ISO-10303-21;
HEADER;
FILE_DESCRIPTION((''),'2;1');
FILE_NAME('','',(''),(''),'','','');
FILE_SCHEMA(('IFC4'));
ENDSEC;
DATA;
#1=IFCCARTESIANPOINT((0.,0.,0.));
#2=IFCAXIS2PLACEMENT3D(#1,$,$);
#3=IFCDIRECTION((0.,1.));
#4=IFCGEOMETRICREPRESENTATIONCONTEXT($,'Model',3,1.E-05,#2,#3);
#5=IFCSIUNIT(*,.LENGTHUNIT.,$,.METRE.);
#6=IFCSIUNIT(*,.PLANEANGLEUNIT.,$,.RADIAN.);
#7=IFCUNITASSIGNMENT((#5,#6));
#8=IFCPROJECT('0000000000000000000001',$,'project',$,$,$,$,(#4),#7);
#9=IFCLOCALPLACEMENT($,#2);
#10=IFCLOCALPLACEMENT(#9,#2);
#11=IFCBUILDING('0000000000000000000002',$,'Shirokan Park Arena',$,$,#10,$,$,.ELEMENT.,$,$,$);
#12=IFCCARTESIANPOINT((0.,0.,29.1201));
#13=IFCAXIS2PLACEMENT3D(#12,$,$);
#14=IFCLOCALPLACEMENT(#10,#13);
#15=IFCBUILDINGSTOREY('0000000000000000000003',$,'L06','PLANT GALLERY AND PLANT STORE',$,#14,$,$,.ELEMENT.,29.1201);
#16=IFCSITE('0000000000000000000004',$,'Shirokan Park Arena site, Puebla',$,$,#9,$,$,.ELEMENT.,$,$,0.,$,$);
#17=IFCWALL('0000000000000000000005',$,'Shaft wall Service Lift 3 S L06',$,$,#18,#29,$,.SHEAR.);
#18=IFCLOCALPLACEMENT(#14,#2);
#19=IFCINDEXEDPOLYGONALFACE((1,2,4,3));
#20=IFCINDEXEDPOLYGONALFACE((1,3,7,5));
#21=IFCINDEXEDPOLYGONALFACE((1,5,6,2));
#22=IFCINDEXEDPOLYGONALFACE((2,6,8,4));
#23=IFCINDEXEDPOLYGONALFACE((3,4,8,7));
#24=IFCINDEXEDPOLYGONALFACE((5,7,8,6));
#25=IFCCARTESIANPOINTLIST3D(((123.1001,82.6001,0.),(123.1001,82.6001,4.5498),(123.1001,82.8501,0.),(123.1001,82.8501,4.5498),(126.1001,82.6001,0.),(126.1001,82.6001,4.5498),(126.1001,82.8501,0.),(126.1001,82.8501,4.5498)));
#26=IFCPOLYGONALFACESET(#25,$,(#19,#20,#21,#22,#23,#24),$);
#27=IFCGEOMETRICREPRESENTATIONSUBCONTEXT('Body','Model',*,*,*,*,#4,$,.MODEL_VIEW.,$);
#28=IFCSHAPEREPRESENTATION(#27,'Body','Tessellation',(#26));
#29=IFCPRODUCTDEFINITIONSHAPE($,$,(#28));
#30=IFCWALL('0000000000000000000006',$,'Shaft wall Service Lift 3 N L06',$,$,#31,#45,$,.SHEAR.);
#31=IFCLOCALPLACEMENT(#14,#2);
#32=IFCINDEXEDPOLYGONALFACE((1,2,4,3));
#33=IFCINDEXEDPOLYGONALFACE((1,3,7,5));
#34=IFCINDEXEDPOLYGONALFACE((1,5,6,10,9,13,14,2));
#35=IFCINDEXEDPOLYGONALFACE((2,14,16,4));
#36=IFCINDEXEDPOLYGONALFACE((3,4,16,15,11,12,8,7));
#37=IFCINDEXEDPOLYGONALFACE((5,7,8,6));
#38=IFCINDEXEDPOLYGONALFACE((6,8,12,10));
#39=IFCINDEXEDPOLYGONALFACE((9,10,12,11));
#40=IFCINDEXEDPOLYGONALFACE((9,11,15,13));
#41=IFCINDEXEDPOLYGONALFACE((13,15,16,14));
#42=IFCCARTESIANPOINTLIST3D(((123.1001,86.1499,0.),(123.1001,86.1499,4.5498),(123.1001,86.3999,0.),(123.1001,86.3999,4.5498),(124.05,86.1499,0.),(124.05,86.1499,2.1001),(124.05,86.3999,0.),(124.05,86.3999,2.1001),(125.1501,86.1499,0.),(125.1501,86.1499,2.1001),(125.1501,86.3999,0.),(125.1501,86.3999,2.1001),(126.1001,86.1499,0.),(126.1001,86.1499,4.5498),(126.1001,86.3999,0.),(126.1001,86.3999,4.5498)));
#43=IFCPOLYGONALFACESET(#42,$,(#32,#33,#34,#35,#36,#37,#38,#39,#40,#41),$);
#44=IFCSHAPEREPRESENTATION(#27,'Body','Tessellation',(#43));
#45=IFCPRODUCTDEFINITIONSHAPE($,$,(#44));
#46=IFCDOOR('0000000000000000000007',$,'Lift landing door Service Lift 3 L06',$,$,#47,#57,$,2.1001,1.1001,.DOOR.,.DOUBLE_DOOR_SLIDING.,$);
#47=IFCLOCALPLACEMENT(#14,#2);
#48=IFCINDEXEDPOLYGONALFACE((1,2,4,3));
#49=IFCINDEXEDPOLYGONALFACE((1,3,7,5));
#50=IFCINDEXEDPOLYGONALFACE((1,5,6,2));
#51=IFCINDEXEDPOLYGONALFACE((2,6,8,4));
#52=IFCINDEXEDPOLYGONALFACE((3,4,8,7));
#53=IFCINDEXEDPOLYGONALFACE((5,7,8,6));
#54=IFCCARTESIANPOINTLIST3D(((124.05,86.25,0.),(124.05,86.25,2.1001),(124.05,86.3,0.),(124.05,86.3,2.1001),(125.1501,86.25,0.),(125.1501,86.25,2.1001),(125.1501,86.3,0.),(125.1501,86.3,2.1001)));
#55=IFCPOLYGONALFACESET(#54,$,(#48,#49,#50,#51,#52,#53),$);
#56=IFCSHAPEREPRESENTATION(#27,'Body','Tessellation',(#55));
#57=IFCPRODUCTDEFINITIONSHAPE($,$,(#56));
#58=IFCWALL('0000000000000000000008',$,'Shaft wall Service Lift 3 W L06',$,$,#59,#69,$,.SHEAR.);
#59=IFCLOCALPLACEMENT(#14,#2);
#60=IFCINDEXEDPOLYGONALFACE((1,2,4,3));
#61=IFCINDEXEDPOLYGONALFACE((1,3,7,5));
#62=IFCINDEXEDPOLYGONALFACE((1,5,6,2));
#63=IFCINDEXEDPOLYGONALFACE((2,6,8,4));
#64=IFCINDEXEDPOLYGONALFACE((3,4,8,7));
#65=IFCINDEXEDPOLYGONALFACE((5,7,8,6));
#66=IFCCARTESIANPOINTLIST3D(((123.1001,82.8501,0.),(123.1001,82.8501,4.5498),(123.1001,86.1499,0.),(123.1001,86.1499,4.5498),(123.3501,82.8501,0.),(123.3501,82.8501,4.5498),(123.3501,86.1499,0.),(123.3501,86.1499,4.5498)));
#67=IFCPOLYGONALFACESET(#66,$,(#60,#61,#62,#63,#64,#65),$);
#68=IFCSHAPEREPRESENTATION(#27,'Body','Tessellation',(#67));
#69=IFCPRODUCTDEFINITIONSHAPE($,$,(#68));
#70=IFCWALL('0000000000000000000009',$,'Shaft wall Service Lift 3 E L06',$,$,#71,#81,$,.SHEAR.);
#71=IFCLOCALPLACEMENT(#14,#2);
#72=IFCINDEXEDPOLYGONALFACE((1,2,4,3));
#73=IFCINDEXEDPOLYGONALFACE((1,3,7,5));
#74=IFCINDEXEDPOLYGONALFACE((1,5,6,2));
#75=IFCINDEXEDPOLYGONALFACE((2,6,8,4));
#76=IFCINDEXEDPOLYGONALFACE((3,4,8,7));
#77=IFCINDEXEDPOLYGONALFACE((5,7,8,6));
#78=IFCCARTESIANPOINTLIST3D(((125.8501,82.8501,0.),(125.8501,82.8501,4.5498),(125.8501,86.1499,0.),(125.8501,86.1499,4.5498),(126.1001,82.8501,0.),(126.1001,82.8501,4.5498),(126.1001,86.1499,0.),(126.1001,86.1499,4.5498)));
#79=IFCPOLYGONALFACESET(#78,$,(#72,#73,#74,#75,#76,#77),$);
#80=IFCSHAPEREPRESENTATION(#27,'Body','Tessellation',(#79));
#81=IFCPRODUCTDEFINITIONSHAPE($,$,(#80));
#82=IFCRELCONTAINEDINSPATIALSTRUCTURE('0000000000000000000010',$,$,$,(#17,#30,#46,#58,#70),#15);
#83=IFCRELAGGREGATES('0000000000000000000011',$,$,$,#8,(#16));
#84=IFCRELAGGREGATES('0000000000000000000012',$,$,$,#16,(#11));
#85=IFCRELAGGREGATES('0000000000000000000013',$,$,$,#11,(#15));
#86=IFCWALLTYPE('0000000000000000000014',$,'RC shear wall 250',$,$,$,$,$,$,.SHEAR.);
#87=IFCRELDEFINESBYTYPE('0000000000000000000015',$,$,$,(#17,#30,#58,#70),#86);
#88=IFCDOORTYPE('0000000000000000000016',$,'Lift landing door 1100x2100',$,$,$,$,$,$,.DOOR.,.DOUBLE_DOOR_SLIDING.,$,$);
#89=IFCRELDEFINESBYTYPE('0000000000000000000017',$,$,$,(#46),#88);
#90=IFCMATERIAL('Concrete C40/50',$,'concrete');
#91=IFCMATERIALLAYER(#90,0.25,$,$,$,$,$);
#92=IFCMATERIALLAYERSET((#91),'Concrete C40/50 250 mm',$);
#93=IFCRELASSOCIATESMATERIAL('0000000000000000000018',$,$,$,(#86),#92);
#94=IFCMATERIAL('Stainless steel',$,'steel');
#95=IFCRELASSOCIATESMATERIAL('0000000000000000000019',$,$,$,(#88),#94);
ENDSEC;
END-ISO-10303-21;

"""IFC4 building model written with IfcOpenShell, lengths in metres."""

from ifc_helpers import new_model, si_unit, direction, frame, frame_2d, origin, place, context, subcontext, project, spatial, rectangle, extrude, material, layer, layer_set, type_object, element, fill, save


model = new_model("IFC4")

# Units and contexts
model_context = context("Model", 3, precision=1e-05, world=origin(), true_north=direction((0.0, 1.0)))
body_context = subcontext(model_context, "Body", "Model", "MODEL_VIEW")
ifc_project = project(units=[si_unit("LENGTHUNIT", "METRE"), si_unit("PLANEANGLEUNIT", "RADIAN")], contexts=[model_context])

# Site, building, storey
site_placement = place(None, origin())
site = spatial("IfcSite", under=ifc_project, at=site_placement, Name="Shirokan Park Arena site, Puebla", CompositionType="ELEMENT", RefElevation=0.0)
building_placement = place(site_placement, origin())
building = spatial("IfcBuilding", under=site, at=building_placement, Name="Shirokan Park Arena", CompositionType="ELEMENT")
storey_placement = place(building_placement, frame((0.0, 0.0, 29.1201)))
storey = spatial("IfcBuildingStorey", under=building, at=storey_placement, Name="L06", Description="PLANT GALLERY AND PLANT STORE", CompositionType="ELEMENT", Elevation=29.1201)

# Shared definitions
ifc_material_1 = material(Name="Concrete C40/50", Category="concrete")
ifc_layer_1 = layer(ifc_material_1, 0.25)
ifc_layer_set_1 = layer_set([ifc_layer_1], Name="Concrete C40/50 250 mm")
wall_type_1 = type_object("IfcWallType", Name="RC shear wall 250", PredefinedType="SHEAR", material=ifc_layer_set_1)

# Wall
wall_1_placement = place(storey_placement, frame((126.1001, 82.7251, 0.0), z_axis=(0.0, 0.0, 1.0), x_axis=(-1.0, 0.0, 0.0)))
element("IfcWall", 1, at=wall_1_placement, inside=storey, type_object=wall_type_1, Name="Shaft wall Service Lift 3 S L06", PredefinedType="SHEAR", context=body_context, shape_type="SweptSolid", body=[
    extrude(rectangle(XDim=3.0, YDim=0.25, at=frame_2d((1.5, 0.0))), origin(), (0.0, 0.0, 1.0), 4.5498),
])

# Wall, opening, door
wall_2_placement = place(storey_placement, frame((126.1001, 86.2749, 0.0), z_axis=(0.0, 0.0, 1.0), x_axis=(-1.0, 0.0, 0.0)))
wall_2 = element("IfcWall", 2, at=wall_2_placement, inside=storey, type_object=wall_type_1, Name="Shaft wall Service Lift 3 N L06", PredefinedType="SHEAR", context=body_context, shape_type="SweptSolid", body=[
    extrude(rectangle(XDim=3.0, YDim=0.25, at=frame_2d((1.5, 0.0))), origin(), (0.0, 0.0, 1.0), 4.5498),
])
opening_1_placement = place(wall_2_placement, frame((0.95, 0.0, 0.0)))
opening_1 = element("IfcOpeningElement", 3, at=opening_1_placement, cuts=wall_2, PredefinedType="OPENING", context=body_context, shape_type="SweptSolid", body=[
    extrude(rectangle(XDim=1.1001, YDim=2.1001, at=frame_2d((0.55, 1.05))), frame((0.0, 0.135, 0.0), z_axis=(0.0, -1.0, 0.0), x_axis=(1.0, 0.0, 0.0)), (0.0, 0.0, 1.0), 0.27),
])
ifc_material_2 = material(Name="Stainless steel", Category="steel")
door_type_1 = type_object("IfcDoorType", Name="Lift landing door 1100x2100", OperationType="DOUBLE_DOOR_SLIDING", PredefinedType="DOOR", material=ifc_material_2)
door_1_placement = place(opening_1_placement, origin())
door_1 = element("IfcDoor", 4, at=door_1_placement, inside=storey, type_object=door_type_1, Name="Lift landing door Service Lift 3 L06", OperationType="DOUBLE_DOOR_SLIDING", OverallHeight=2.1001, OverallWidth=1.1001, PredefinedType="DOOR", context=body_context, shape_type="SweptSolid", body=[
    extrude(rectangle(XDim=1.1001, YDim=2.1001, at=frame_2d((0.55, 1.05))), frame((0.0, 0.0249, 0.0), z_axis=(0.0, -1.0, 0.0), x_axis=(1.0, 0.0, 0.0)), (0.0, 0.0, 1.0), 0.05),
])
fill(opening_1, door_1)

# Walls
for number, where, z_axis, x_axis, name in (
    (5, (123.2251, 86.1499, 0.0), (0.0, 0.0, 1.0), (0.0, -1.0, 0.0), "Shaft wall Service Lift 3 W L06"),
    (6, (125.9751, 86.1499, 0.0), (0.0, 0.0, 1.0), (0.0, -1.0, 0.0), "Shaft wall Service Lift 3 E L06"),
):
    element("IfcWall", number, at=place(storey_placement, frame(where, z_axis=z_axis, x_axis=x_axis)), inside=storey, type_object=wall_type_1, Name=name, PredefinedType="SHEAR", context=body_context, shape_type="SweptSolid", body=[
        extrude(rectangle(XDim=3.2998, YDim=0.25, at=frame_2d((1.6499, 0.0))), origin(), (0.0, 0.0, 1.0), 4.5498),
    ])

save(model, "model.ifc")
